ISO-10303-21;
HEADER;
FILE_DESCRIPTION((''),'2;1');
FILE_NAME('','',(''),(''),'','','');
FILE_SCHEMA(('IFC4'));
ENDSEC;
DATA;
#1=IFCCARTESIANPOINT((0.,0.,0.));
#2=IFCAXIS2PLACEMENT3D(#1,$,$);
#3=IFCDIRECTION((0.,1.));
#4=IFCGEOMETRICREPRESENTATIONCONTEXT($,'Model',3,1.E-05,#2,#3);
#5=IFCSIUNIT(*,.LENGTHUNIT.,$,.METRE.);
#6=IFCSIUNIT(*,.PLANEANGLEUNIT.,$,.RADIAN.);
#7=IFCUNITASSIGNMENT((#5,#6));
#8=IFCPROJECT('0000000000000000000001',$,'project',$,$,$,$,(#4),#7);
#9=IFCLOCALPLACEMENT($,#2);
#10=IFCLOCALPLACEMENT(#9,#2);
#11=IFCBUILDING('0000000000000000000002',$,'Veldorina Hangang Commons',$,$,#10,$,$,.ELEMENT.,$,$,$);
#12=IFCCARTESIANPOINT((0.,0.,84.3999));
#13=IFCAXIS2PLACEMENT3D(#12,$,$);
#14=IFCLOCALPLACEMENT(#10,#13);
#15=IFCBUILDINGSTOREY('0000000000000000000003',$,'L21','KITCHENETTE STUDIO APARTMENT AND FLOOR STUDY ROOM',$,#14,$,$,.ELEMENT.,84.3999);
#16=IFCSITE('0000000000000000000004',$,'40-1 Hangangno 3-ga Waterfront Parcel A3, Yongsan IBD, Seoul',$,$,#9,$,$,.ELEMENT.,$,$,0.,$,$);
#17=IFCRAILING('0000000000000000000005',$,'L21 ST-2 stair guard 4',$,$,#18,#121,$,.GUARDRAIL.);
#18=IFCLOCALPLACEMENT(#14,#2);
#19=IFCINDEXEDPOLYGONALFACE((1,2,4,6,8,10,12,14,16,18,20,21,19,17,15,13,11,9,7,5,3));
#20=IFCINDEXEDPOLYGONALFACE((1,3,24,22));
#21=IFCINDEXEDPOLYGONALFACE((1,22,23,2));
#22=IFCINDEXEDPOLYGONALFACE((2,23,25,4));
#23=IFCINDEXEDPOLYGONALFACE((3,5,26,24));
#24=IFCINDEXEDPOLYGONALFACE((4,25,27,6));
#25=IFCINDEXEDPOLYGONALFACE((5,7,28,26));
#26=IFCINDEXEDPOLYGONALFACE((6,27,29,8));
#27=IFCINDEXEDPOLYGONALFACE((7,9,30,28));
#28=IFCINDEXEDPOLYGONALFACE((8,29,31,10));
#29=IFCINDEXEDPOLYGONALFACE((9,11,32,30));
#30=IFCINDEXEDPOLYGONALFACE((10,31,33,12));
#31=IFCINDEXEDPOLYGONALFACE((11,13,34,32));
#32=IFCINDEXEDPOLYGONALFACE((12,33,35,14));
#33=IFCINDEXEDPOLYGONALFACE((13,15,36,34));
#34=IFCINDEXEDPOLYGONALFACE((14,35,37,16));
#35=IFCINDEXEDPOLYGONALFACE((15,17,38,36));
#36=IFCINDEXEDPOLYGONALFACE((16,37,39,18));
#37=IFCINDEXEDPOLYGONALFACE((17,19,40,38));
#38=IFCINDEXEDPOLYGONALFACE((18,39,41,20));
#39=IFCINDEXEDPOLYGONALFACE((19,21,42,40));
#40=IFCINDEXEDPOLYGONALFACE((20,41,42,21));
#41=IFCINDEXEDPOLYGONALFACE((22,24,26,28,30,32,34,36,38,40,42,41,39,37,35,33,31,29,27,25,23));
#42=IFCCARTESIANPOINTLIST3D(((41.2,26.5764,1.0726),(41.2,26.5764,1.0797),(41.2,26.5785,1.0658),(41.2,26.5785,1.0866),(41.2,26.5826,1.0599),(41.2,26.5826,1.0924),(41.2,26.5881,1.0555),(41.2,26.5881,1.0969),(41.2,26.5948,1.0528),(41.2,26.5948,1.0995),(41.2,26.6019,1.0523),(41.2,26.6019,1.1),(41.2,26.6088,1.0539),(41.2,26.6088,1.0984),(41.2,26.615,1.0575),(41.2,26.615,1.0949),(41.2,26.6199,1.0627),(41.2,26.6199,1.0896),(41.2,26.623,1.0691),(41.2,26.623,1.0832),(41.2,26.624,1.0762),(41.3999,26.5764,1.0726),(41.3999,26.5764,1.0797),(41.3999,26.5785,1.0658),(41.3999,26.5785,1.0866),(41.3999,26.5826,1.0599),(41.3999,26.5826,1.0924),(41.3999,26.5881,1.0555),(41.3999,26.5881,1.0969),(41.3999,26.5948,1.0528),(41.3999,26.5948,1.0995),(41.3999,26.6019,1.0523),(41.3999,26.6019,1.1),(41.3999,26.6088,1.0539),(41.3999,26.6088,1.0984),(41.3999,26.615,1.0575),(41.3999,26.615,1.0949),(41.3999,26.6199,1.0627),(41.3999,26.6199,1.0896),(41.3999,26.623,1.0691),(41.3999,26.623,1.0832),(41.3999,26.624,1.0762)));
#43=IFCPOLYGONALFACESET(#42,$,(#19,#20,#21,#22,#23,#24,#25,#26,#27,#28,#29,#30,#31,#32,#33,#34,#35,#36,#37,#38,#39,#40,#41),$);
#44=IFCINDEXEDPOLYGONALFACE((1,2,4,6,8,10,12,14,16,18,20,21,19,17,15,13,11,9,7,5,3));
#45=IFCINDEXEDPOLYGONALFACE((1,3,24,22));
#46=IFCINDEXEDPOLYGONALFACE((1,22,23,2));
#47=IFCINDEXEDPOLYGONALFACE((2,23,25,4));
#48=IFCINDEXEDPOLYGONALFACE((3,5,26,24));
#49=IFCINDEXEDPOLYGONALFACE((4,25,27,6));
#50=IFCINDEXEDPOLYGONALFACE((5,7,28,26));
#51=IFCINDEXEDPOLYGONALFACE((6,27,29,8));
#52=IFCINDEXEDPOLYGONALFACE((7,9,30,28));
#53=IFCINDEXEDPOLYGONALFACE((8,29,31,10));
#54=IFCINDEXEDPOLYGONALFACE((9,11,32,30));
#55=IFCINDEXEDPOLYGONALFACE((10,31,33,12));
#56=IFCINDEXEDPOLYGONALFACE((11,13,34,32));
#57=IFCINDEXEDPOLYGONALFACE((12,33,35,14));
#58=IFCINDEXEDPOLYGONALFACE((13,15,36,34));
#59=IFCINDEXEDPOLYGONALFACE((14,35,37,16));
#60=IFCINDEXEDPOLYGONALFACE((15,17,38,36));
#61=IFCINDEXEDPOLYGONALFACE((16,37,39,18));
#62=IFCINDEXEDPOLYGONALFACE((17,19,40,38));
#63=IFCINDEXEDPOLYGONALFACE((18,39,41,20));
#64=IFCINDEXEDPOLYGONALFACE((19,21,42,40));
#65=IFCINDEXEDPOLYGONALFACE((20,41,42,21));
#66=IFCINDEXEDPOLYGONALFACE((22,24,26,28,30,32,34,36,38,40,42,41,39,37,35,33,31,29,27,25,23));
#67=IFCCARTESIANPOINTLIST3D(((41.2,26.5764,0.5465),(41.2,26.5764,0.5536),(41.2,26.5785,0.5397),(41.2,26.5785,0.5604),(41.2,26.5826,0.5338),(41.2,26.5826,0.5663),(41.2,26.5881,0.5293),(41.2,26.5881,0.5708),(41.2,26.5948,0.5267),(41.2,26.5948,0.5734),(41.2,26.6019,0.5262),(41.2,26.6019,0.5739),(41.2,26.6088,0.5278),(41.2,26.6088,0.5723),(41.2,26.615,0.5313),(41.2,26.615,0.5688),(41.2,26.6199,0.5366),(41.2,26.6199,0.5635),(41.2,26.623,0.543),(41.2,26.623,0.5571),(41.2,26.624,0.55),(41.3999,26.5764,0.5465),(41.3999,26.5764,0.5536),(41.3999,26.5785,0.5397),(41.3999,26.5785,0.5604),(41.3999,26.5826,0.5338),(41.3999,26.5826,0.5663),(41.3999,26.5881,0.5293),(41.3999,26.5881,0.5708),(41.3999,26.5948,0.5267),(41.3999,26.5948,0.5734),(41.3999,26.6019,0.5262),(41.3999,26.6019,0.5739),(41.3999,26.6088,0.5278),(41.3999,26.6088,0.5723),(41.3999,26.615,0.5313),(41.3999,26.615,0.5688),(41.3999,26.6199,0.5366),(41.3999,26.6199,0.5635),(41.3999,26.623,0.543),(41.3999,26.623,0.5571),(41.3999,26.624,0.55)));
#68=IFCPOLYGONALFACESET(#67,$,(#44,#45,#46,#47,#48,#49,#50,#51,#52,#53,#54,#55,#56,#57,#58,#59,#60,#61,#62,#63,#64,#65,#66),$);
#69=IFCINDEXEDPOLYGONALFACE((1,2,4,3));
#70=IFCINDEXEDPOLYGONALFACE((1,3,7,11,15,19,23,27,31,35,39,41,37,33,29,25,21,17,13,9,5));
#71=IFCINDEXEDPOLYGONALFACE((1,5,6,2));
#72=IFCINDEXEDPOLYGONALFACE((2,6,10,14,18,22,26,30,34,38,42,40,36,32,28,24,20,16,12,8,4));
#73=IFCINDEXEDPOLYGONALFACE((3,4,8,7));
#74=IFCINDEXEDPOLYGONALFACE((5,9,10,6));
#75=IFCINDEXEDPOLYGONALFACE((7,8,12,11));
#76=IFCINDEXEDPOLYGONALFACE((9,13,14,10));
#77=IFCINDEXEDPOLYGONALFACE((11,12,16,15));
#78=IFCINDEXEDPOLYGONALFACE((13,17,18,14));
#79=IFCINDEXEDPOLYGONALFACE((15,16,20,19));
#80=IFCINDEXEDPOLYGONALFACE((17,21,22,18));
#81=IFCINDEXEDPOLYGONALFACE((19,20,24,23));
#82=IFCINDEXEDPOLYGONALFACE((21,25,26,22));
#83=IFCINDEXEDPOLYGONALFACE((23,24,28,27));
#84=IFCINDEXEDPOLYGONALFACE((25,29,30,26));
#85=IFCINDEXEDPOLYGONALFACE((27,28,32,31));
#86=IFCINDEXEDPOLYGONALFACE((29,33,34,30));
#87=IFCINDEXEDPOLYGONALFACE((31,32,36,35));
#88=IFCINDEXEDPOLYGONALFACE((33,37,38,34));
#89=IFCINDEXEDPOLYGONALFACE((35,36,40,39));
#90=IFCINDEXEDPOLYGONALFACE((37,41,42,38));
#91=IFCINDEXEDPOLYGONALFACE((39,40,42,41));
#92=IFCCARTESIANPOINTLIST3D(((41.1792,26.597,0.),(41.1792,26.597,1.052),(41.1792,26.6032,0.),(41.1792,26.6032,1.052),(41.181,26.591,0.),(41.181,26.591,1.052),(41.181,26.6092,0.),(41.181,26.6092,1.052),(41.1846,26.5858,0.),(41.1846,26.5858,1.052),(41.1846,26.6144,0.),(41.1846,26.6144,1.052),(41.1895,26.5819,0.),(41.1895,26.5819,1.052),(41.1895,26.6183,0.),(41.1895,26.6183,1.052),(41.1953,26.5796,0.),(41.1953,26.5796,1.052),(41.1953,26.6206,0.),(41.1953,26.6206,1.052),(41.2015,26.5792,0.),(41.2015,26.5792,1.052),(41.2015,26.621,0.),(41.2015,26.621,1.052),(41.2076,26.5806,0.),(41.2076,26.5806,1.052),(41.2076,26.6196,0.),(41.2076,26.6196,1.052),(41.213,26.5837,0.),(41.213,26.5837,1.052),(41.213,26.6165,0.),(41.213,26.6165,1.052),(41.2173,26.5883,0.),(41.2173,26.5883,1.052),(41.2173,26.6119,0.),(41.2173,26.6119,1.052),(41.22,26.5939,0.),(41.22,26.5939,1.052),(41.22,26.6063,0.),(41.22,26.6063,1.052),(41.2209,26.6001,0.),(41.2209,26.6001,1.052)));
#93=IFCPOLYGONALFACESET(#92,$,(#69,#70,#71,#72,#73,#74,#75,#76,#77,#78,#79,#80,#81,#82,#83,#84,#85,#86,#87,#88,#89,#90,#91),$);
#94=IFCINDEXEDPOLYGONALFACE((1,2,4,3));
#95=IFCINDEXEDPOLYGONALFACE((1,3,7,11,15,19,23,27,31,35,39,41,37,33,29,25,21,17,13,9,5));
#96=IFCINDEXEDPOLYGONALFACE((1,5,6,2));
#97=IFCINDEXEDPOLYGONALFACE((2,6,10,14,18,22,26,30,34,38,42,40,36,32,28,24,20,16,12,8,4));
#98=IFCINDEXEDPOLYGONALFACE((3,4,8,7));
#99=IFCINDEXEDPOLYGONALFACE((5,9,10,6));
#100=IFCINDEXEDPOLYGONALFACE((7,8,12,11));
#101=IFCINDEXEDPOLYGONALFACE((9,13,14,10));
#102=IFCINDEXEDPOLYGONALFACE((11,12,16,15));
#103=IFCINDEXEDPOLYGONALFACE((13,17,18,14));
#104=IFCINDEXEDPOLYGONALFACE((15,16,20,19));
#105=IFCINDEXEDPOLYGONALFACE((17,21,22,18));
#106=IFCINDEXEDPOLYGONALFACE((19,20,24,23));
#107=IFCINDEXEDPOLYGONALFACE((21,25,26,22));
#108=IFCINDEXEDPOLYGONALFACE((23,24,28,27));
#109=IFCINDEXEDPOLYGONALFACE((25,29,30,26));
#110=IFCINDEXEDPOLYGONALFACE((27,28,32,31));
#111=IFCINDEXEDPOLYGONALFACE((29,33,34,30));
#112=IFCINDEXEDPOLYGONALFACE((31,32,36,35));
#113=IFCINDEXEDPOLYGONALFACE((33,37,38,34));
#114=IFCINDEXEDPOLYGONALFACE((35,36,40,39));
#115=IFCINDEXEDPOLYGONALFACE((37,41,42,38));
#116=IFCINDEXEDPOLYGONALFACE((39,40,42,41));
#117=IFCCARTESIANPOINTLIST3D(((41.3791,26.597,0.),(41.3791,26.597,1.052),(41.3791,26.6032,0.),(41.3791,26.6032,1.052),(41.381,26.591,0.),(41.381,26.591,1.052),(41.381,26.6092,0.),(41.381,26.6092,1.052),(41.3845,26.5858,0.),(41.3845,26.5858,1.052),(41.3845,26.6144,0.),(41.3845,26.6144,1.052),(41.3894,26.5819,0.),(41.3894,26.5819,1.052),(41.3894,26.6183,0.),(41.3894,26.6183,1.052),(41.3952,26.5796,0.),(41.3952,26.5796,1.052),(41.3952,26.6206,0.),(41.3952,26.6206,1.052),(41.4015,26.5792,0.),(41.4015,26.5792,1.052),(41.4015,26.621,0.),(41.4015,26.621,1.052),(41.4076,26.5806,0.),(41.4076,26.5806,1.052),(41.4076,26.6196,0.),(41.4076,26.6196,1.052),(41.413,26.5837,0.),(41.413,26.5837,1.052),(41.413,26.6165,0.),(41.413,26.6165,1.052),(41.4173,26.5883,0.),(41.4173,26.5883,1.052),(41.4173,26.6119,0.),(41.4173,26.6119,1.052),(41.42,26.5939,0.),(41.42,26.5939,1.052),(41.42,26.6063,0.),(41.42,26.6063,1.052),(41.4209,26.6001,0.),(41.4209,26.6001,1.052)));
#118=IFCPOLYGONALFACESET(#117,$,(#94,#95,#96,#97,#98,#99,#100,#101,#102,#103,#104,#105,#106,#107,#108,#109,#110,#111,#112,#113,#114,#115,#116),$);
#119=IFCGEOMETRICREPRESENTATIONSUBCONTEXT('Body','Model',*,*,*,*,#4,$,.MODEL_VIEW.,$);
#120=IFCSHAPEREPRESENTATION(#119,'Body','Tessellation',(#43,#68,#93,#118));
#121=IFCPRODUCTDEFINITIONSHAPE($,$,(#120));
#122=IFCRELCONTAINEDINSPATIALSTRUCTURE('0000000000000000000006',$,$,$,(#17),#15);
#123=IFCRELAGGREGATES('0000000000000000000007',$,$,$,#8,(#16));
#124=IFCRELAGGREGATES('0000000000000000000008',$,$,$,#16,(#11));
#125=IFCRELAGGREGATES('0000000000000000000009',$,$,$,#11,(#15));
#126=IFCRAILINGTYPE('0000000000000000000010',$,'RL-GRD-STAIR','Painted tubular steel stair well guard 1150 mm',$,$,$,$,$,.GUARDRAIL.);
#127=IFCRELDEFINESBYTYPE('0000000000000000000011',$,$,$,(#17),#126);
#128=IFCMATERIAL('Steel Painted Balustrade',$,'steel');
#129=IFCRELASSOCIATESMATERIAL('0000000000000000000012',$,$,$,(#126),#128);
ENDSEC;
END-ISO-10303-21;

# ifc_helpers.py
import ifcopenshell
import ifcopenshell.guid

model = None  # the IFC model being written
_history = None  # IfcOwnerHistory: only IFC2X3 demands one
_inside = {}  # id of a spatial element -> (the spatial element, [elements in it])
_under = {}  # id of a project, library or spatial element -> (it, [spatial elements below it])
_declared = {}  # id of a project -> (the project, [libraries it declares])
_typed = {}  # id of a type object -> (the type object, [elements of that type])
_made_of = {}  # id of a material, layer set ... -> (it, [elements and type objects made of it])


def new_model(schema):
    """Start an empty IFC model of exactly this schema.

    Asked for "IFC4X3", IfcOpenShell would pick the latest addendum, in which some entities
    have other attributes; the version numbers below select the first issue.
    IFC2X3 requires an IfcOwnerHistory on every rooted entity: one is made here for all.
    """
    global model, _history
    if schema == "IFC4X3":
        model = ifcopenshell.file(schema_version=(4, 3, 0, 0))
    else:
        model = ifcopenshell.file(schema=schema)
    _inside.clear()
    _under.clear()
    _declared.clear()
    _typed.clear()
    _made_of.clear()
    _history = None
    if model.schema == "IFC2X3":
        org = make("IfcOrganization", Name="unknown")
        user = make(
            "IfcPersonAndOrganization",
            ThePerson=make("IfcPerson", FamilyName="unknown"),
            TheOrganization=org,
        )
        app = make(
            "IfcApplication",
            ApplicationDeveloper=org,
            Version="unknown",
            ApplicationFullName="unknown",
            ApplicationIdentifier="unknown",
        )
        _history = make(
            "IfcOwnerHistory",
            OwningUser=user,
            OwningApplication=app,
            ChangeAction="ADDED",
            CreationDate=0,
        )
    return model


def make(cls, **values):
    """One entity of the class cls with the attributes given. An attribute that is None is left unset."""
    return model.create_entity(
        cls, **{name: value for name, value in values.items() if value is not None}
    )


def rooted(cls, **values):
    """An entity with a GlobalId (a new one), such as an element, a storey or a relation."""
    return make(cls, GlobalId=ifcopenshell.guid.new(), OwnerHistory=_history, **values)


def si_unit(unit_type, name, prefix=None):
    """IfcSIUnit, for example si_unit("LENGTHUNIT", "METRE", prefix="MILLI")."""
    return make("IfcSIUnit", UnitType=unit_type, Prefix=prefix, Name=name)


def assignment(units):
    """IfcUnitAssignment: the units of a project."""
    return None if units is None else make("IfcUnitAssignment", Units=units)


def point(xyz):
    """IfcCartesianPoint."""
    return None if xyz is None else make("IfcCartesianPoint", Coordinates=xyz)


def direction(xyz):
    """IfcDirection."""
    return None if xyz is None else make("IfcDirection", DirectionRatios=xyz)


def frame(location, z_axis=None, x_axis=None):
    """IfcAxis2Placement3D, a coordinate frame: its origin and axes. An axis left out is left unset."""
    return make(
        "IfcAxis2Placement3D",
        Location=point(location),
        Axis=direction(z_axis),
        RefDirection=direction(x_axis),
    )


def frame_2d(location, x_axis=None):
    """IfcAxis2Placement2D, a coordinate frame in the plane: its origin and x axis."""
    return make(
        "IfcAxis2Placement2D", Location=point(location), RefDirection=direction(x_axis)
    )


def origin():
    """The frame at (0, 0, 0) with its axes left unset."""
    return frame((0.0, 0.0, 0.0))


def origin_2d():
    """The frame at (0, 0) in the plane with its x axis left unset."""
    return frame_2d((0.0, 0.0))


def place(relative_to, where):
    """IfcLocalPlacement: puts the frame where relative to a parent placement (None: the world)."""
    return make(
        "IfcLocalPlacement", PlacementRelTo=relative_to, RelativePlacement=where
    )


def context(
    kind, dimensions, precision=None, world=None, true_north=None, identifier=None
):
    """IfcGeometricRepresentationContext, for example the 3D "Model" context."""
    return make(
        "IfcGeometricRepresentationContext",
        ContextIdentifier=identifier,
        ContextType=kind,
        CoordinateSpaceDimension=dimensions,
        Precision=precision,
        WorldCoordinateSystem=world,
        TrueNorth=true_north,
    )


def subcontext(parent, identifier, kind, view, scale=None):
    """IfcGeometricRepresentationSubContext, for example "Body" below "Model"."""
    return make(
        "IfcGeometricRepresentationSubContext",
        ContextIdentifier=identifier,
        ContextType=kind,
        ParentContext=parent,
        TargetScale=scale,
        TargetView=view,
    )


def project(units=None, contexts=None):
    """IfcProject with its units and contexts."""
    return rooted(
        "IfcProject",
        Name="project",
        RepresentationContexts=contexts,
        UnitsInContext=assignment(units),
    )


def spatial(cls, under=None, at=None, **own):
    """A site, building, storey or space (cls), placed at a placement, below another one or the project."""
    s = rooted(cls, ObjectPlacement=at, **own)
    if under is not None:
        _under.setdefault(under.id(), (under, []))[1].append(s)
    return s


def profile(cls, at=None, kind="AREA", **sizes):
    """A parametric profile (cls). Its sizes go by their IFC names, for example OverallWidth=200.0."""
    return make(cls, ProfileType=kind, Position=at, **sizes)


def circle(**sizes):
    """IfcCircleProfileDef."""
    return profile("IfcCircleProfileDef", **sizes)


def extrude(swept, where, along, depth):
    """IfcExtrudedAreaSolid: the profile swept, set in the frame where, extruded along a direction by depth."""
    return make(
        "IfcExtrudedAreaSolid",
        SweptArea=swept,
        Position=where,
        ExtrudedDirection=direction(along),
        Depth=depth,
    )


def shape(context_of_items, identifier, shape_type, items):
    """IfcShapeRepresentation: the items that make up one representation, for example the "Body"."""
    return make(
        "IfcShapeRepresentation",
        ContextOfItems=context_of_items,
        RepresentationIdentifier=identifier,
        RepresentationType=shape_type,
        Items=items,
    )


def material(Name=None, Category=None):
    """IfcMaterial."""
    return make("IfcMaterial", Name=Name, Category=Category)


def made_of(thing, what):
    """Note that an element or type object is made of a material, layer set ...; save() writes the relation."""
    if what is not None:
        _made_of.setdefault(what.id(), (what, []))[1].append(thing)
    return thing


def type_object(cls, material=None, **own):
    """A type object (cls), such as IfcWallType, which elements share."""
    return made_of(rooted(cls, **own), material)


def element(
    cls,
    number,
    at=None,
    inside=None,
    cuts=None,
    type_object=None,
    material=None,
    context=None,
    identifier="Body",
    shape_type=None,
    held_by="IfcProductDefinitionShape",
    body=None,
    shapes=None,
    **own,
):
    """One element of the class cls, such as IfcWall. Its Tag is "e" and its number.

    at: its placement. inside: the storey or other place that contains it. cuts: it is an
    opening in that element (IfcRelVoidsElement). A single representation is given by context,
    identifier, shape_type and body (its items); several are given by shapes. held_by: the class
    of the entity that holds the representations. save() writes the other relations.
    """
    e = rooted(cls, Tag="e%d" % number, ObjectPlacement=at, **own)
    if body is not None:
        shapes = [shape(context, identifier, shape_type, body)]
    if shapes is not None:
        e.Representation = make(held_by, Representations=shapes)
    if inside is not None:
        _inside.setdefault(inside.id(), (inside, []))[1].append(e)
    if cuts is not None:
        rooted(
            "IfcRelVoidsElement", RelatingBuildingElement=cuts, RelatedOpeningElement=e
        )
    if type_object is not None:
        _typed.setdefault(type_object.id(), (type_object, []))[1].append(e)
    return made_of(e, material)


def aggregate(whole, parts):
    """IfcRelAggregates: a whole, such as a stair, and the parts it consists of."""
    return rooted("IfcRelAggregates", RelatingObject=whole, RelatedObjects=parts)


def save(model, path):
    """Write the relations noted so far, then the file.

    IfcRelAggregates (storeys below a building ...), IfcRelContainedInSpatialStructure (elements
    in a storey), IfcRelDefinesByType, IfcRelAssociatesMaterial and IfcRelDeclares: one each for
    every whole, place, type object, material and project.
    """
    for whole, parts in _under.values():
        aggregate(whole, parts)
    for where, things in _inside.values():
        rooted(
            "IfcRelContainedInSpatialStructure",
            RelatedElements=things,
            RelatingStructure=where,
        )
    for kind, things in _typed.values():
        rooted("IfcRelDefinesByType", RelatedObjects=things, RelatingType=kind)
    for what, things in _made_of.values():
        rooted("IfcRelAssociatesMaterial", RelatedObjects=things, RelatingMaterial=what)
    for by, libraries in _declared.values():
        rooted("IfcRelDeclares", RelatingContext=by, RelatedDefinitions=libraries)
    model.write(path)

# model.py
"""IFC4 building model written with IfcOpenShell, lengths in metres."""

from ifc_helpers import new_model, si_unit, direction, frame, origin, origin_2d, place, context, subcontext, project, spatial, circle, extrude, material, type_object, element, save


model = new_model("IFC4")

# Units and contexts
model_context = context("Model", 3, precision=1e-05, world=origin(), true_north=direction((0.0, 1.0)))
body_context = subcontext(model_context, "Body", "Model", "MODEL_VIEW")
ifc_project = project(units=[si_unit("LENGTHUNIT", "METRE"), si_unit("PLANEANGLEUNIT", "RADIAN")], contexts=[model_context])

# Site, building, storey
site_placement = place(None, origin())
site = spatial("IfcSite", under=ifc_project, at=site_placement, Name="40-1 Hangangno 3-ga Waterfront Parcel A3, Yongsan IBD, Seoul", CompositionType="ELEMENT", RefElevation=0.0)
building_placement = place(site_placement, origin())
building = spatial("IfcBuilding", under=site, at=building_placement, Name="Veldorina Hangang Commons", CompositionType="ELEMENT")
storey_placement = place(building_placement, frame((0.0, 0.0, 84.3999)))
storey = spatial("IfcBuildingStorey", under=building, at=storey_placement, Name="L21", Description="KITCHENETTE STUDIO APARTMENT AND FLOOR STUDY ROOM", CompositionType="ELEMENT", Elevation=84.3999)

# Railing
ifc_material_1 = material(Name="Steel Painted Balustrade", Category="steel")
railing_type_1 = type_object("IfcRailingType", Name="RL-GRD-STAIR", Description="Painted tubular steel stair well guard 1150 mm", PredefinedType="GUARDRAIL", material=ifc_material_1)
railing_1_placement = place(storey_placement, frame((41.2, 26.6001, 0.0)))
element("IfcRailing", 1, at=railing_1_placement, inside=storey, type_object=railing_type_1, Name="L21 ST-2 stair guard 4", PredefinedType="GUARDRAIL", context=body_context, shape_type="SweptSolid", body=[
    extrude(circle(Radius=0.0239, at=origin_2d()), frame((0.0, 0.0, 1.0762), z_axis=(1.0, 0.0, 0.0), x_axis=(0.0, 1.0, 0.0)), (0.0, 0.0, 1.0), 0.2),
    extrude(circle(Radius=0.0239, at=origin_2d()), frame((0.0, 0.0, 0.55), z_axis=(1.0, 0.0, 0.0), x_axis=(0.0, 1.0, 0.0)), (0.0, 0.0, 1.0), 0.2),
    extrude(circle(Radius=0.021, at=origin_2d()), origin(), (0.0, 0.0, 1.0), 1.052),
    extrude(circle(Radius=0.021, at=origin_2d()), frame((0.2, 0.0, 0.0)), (0.0, 0.0, 1.0), 1.052),
])

save(model, "model.ifc")
